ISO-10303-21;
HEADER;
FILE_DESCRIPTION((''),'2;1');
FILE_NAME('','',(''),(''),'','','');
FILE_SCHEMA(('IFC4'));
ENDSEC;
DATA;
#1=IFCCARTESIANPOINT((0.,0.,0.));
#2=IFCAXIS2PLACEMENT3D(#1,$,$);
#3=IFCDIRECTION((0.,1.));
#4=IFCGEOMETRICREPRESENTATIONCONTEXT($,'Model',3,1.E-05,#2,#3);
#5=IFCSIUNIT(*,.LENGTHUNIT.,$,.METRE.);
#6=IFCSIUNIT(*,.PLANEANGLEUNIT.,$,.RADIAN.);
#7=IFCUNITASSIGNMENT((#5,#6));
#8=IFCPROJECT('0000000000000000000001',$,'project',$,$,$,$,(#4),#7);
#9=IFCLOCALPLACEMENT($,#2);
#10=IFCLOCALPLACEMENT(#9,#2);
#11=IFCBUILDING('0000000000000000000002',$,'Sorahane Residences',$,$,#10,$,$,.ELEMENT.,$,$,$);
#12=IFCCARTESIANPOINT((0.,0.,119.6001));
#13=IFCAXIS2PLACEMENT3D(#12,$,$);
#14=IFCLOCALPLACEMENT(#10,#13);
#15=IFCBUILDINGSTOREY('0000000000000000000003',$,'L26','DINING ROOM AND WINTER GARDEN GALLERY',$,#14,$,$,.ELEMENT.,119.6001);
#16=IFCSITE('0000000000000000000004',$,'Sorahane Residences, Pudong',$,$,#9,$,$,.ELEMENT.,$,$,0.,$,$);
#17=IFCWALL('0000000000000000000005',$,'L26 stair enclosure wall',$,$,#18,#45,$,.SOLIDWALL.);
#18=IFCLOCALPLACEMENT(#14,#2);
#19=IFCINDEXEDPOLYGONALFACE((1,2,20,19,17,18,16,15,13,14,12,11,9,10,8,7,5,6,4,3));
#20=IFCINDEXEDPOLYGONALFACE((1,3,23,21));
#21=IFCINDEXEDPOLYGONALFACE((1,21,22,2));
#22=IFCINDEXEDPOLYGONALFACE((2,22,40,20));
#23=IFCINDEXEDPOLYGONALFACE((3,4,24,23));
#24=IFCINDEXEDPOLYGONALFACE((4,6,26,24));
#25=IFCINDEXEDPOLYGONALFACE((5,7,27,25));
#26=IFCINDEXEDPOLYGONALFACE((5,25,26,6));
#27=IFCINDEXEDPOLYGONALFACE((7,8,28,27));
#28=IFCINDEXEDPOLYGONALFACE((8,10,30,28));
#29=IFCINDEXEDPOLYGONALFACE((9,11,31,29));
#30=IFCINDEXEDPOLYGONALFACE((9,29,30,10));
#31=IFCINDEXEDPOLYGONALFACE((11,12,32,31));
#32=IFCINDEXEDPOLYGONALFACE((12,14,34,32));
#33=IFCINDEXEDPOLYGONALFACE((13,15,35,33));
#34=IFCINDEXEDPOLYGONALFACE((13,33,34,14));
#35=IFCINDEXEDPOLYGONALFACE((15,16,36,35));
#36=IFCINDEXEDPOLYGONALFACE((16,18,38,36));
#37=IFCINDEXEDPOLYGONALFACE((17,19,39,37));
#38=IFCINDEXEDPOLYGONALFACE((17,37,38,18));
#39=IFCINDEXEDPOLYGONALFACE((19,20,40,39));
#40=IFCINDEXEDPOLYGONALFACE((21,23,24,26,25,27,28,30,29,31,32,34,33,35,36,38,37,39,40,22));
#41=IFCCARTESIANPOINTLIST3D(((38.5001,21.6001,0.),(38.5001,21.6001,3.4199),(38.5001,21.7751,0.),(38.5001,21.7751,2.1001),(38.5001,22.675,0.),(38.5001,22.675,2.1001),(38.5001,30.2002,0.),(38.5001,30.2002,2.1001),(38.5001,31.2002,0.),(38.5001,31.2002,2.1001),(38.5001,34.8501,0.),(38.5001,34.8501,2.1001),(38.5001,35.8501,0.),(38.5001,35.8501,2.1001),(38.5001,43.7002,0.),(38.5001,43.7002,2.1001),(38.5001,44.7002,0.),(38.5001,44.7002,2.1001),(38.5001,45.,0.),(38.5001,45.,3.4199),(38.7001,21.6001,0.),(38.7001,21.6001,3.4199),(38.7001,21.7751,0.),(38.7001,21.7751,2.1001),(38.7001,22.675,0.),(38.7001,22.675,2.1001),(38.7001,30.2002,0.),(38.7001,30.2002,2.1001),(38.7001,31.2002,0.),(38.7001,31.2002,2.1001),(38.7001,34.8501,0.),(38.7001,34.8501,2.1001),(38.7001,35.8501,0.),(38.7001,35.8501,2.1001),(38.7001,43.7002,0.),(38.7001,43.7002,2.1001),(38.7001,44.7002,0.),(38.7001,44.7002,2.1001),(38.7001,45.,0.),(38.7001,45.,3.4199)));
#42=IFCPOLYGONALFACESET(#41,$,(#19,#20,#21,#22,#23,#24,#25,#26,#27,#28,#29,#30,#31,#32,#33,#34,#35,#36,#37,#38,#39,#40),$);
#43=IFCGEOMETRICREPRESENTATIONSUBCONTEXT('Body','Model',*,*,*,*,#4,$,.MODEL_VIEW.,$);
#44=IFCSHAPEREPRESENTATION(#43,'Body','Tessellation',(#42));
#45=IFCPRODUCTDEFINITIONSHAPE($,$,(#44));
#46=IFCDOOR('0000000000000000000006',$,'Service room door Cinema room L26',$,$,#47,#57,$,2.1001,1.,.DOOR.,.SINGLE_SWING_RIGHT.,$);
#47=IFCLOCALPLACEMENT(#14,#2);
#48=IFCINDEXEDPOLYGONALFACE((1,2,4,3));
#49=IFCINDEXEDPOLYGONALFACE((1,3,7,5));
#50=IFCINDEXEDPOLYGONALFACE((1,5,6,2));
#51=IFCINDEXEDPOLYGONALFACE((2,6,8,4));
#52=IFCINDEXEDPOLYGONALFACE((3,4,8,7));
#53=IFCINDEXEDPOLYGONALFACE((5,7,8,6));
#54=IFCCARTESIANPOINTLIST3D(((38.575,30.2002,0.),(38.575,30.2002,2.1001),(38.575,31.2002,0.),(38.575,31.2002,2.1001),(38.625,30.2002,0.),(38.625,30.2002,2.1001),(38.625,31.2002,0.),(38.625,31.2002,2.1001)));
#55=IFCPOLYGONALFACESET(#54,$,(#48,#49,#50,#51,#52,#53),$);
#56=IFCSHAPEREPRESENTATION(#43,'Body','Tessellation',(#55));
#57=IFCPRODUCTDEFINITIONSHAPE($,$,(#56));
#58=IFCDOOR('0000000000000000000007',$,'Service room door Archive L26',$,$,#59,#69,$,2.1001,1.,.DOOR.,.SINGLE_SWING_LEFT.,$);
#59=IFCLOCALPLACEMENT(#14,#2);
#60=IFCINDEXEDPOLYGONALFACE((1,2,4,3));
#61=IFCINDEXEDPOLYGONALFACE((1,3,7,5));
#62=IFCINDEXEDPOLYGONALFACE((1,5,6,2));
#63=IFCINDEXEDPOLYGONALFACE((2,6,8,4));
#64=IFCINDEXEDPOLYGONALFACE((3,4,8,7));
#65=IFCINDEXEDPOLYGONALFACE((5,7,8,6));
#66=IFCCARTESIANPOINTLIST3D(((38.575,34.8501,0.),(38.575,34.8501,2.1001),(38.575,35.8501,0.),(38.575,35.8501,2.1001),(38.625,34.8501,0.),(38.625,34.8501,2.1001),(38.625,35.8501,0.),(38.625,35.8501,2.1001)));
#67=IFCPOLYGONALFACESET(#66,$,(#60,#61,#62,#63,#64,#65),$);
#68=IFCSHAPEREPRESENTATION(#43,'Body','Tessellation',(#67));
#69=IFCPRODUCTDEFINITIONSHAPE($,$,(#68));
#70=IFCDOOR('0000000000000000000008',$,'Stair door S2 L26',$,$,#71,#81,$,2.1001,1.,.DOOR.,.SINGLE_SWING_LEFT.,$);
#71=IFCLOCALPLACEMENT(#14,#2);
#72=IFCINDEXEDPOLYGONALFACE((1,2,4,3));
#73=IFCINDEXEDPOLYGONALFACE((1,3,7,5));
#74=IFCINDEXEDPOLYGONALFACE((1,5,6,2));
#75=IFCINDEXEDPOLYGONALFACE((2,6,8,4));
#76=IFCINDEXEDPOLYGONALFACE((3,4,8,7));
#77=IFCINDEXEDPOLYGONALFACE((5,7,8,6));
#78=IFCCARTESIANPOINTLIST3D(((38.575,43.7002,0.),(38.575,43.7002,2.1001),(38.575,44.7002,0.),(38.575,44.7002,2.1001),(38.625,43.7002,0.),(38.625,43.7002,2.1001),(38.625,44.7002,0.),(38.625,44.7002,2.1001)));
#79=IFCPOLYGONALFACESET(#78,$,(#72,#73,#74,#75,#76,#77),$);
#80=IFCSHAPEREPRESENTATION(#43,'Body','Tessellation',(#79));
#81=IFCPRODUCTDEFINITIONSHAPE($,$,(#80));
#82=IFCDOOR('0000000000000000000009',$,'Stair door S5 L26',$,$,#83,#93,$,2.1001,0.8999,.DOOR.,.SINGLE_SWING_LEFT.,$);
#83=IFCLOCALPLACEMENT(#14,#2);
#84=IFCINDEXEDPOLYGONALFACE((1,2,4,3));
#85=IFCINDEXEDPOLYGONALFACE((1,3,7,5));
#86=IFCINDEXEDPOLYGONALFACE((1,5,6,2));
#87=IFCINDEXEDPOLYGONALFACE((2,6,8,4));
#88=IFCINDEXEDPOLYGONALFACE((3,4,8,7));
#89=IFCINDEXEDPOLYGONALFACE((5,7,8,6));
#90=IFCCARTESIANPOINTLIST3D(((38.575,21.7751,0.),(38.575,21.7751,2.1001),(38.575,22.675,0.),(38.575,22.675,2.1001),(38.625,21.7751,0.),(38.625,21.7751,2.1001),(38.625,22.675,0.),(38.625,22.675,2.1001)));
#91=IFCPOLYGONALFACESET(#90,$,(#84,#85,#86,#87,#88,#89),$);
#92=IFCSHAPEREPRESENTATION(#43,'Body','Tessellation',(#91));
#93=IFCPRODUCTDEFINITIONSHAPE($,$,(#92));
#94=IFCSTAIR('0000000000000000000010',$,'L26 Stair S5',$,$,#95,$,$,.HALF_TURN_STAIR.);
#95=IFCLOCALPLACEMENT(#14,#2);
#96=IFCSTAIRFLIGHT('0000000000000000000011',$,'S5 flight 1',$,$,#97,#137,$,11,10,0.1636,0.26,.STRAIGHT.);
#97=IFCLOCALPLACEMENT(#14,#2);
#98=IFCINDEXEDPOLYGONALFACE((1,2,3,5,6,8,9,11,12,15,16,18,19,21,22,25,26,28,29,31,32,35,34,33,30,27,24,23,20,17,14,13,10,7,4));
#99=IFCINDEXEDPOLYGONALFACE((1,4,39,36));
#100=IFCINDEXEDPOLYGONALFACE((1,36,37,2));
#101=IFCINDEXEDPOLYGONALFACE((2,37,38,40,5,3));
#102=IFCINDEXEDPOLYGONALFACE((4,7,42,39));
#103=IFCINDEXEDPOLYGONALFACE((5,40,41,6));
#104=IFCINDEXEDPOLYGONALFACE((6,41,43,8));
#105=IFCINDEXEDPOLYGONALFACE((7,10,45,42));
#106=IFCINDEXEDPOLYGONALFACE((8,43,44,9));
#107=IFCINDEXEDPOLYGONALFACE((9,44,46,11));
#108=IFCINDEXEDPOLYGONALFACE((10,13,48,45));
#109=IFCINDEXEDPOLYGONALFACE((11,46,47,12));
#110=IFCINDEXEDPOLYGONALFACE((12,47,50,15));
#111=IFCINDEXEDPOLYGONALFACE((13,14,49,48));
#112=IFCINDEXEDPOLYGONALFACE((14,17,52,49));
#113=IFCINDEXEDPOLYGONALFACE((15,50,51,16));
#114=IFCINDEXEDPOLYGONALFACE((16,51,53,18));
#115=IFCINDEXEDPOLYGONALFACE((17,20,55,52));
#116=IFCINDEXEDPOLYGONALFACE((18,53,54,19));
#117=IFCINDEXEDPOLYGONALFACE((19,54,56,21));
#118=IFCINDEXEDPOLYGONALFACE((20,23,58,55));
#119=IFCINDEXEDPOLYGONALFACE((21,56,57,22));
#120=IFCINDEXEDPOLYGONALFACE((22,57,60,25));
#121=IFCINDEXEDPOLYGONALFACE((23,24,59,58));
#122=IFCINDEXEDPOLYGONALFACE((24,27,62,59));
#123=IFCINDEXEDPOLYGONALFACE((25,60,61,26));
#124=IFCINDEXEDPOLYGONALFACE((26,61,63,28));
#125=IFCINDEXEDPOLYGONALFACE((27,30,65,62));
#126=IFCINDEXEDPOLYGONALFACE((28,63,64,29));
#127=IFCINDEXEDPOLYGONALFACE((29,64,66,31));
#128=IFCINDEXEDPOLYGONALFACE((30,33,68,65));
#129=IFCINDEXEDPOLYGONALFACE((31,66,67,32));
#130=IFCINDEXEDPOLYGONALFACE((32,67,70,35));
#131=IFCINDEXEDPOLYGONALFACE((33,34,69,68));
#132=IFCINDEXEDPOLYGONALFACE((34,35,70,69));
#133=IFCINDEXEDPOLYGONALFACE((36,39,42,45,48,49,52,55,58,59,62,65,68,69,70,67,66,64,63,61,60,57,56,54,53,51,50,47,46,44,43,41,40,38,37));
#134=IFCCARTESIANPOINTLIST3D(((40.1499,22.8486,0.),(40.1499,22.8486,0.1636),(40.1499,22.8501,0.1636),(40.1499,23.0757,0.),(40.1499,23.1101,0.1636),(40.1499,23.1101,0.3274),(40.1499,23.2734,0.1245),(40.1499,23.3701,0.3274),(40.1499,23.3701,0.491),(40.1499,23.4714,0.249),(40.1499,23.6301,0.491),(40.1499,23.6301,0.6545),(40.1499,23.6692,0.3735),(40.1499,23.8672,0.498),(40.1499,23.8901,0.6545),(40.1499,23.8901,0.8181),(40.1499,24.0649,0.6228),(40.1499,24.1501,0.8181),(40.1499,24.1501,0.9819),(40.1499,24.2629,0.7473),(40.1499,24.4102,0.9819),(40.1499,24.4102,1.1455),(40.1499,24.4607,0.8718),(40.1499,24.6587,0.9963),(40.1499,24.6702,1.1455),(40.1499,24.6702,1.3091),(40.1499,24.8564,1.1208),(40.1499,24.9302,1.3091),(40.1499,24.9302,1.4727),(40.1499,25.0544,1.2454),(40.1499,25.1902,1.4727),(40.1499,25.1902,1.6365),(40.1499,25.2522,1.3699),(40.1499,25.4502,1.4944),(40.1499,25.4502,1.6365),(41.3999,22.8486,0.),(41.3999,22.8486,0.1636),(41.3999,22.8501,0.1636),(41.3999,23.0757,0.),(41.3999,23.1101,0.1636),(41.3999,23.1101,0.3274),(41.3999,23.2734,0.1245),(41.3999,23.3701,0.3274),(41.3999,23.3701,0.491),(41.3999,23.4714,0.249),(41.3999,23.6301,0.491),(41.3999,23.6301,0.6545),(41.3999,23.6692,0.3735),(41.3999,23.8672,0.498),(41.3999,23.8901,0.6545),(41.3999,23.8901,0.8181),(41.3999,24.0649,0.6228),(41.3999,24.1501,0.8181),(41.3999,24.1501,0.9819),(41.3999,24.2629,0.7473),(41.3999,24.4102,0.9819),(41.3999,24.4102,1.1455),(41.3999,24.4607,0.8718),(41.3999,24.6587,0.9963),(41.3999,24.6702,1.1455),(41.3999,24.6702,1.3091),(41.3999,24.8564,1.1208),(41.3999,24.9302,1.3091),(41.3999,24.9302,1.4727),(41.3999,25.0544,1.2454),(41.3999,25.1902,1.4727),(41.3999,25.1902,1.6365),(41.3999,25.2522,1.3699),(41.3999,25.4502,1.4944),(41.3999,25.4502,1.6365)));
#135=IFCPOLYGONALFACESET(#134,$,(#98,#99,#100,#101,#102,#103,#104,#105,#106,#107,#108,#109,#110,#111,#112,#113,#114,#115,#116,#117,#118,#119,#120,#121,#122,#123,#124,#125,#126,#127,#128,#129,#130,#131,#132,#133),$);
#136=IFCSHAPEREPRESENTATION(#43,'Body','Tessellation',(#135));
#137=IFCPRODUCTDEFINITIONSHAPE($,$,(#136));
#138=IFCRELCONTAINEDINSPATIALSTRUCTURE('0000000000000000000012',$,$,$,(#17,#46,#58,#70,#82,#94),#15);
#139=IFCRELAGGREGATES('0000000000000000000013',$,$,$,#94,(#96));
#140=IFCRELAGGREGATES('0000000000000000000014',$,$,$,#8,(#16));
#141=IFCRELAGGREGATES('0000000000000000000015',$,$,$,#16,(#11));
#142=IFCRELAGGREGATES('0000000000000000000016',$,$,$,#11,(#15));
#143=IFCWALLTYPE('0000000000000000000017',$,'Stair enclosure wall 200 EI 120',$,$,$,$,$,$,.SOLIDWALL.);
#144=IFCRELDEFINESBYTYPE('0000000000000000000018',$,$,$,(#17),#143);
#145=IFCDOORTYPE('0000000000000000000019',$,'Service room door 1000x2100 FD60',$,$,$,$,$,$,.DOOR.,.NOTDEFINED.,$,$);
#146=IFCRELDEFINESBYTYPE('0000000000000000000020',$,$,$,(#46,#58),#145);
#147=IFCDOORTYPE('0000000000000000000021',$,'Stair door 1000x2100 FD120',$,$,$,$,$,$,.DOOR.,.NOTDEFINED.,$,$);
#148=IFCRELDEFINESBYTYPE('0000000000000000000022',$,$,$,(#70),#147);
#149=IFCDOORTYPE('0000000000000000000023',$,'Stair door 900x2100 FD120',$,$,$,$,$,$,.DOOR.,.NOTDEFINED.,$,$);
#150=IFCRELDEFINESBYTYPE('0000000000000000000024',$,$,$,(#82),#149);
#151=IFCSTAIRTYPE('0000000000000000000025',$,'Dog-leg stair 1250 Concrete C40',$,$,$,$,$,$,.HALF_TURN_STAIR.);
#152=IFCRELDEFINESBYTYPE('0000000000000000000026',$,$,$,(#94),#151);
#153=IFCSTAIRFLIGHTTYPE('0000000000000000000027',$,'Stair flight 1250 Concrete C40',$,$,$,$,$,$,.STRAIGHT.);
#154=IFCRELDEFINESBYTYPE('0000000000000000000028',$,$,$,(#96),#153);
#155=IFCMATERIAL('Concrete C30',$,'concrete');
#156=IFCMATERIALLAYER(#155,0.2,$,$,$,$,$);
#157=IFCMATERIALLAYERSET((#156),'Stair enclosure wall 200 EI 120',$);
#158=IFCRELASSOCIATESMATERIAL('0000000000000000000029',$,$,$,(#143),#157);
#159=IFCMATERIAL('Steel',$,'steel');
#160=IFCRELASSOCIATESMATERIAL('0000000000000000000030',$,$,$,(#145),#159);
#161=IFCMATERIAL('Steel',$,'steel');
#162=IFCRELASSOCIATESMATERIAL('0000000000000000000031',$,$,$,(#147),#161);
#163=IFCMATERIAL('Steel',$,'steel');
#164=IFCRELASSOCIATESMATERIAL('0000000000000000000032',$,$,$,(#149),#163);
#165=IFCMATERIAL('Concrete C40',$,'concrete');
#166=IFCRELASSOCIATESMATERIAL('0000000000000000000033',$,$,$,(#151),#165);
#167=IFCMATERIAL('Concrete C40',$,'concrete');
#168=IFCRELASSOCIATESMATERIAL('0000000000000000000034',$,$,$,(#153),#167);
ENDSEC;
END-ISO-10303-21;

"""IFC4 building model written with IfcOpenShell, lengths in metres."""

from ifc_helpers import new_model, si_unit, direction, frame, frame_2d, origin, place, context, subcontext, project, spatial, polyline, rectangle, outline, extrude, material, layer, layer_set, type_object, element, fill, aggregate, save


model = new_model("IFC4")

# Units and contexts
model_context = context("Model", 3, precision=1e-05, world=origin(), true_north=direction((0.0, 1.0)))
body_context = subcontext(model_context, "Body", "Model", "MODEL_VIEW")
ifc_project = project(units=[si_unit("LENGTHUNIT", "METRE"), si_unit("PLANEANGLEUNIT", "RADIAN")], contexts=[model_context])

# Site, building, storey
site_placement = place(None, origin())
site = spatial("IfcSite", under=ifc_project, at=site_placement, Name="Sorahane Residences, Pudong", CompositionType="ELEMENT", RefElevation=0.0)
building_placement = place(site_placement, origin())
building = spatial("IfcBuilding", under=site, at=building_placement, Name="Sorahane Residences", CompositionType="ELEMENT")
storey_placement = place(building_placement, frame((0.0, 0.0, 119.6001)))
storey = spatial("IfcBuildingStorey", under=building, at=storey_placement, Name="L26", Description="DINING ROOM AND WINTER GARDEN GALLERY", CompositionType="ELEMENT", Elevation=119.6001)

# Wall, openings, doors
ifc_material_1 = material(Name="Concrete C30", Category="concrete")
ifc_layer_1 = layer(ifc_material_1, 0.2)
ifc_layer_set_1 = layer_set([ifc_layer_1], Name="Stair enclosure wall 200 EI 120")
wall_type_1 = type_object("IfcWallType", Name="Stair enclosure wall 200 EI 120", PredefinedType="SOLIDWALL", material=ifc_layer_set_1)
wall_1_placement = place(storey_placement, frame((38.6001, 21.6001, 0.0), z_axis=(0.0, 0.0, 1.0), x_axis=(0.0, 1.0, 0.0)))
wall_1 = element("IfcWall", 1, at=wall_1_placement, inside=storey, type_object=wall_type_1, Name="L26 stair enclosure wall", PredefinedType="SOLIDWALL", context=body_context, shape_type="SweptSolid", body=[
    extrude(rectangle(XDim=23.3999, YDim=0.2, at=frame_2d((11.7, 0.0))), origin(), (0.0, 0.0, 1.0), 3.4199),
])
opening_1_placement = place(wall_1_placement, frame((8.6001, 0.0, 0.0)))
opening_1 = element("IfcOpeningElement", 2, at=opening_1_placement, cuts=wall_1, PredefinedType="OPENING", context=body_context, shape_type="SweptSolid", body=[
    extrude(rectangle(XDim=1.0, YDim=2.1001, at=frame_2d((0.5, 1.05))), frame((0.0, 0.1099, 0.0), z_axis=(0.0, -1.0, 0.0), x_axis=(1.0, 0.0, 0.0)), (0.0, 0.0, 1.0), 0.22),
])
opening_2_placement = place(wall_1_placement, frame((13.25, 0.0, 0.0)))
opening_2 = element("IfcOpeningElement", 3, at=opening_2_placement, cuts=wall_1, PredefinedType="OPENING", context=body_context, shape_type="SweptSolid", body=[
    extrude(rectangle(XDim=1.0, YDim=2.1001, at=frame_2d((0.5, 1.05))), frame((0.0, 0.1099, 0.0), z_axis=(0.0, -1.0, 0.0), x_axis=(1.0, 0.0, 0.0)), (0.0, 0.0, 1.0), 0.22),
])
opening_3_placement = place(wall_1_placement, frame((22.1001, 0.0, 0.0)))
opening_3 = element("IfcOpeningElement", 4, at=opening_3_placement, cuts=wall_1, PredefinedType="OPENING", context=body_context, shape_type="SweptSolid", body=[
    extrude(rectangle(XDim=1.0, YDim=2.1001, at=frame_2d((0.5, 1.05))), frame((0.0, 0.1099, 0.0), z_axis=(0.0, -1.0, 0.0), x_axis=(1.0, 0.0, 0.0)), (0.0, 0.0, 1.0), 0.22),
])
opening_4_placement = place(wall_1_placement, frame((0.175, 0.0, 0.0)))
opening_4 = element("IfcOpeningElement", 5, at=opening_4_placement, cuts=wall_1, PredefinedType="OPENING", context=body_context, shape_type="SweptSolid", body=[
    extrude(rectangle(XDim=0.8999, YDim=2.1001, at=frame_2d((0.45, 1.05))), frame((0.0, 0.1099, 0.0), z_axis=(0.0, -1.0, 0.0), x_axis=(1.0, 0.0, 0.0)), (0.0, 0.0, 1.0), 0.22),
])
ifc_material_2 = material(Name="Steel", Category="steel")
door_type_1 = type_object("IfcDoorType", Name="Service room door 1000x2100 FD60", OperationType="NOTDEFINED", PredefinedType="DOOR", material=ifc_material_2)
door_1_placement = place(opening_1_placement, frame((1.0, 0.0, 0.0), z_axis=(0.0, 0.0, 1.0), x_axis=(-1.0, 0.0, 0.0)))
door_1 = element("IfcDoor", 6, at=door_1_placement, inside=storey, type_object=door_type_1, Name="Service room door Cinema room L26", OperationType="SINGLE_SWING_RIGHT", OverallHeight=2.1001, OverallWidth=1.0, PredefinedType="DOOR", context=body_context, shape_type="SweptSolid", body=[
    extrude(rectangle(XDim=1.0, YDim=2.1001, at=frame_2d((0.5, 1.05))), frame((0.0, 0.0249, 0.0), z_axis=(0.0, -1.0, 0.0), x_axis=(1.0, 0.0, 0.0)), (0.0, 0.0, 1.0), 0.05),
])
fill(opening_1, door_1)
door_2_placement = place(opening_2_placement, frame((1.0, 0.0, 0.0), z_axis=(0.0, 0.0, 1.0), x_axis=(-1.0, 0.0, 0.0)))
door_2 = element("IfcDoor", 7, at=door_2_placement, inside=storey, type_object=door_type_1, Name="Service room door Archive L26", OperationType="SINGLE_SWING_LEFT", OverallHeight=2.1001, OverallWidth=1.0, PredefinedType="DOOR", context=body_context, shape_type="SweptSolid", body=[
    extrude(rectangle(XDim=1.0, YDim=2.1001, at=frame_2d((0.5, 1.05))), frame((0.0, 0.0249, 0.0), z_axis=(0.0, -1.0, 0.0), x_axis=(1.0, 0.0, 0.0)), (0.0, 0.0, 1.0), 0.05),
])
fill(opening_2, door_2)
ifc_material_3 = material(Name="Steel", Category="steel")
door_type_2 = type_object("IfcDoorType", Name="Stair door 1000x2100 FD120", OperationType="NOTDEFINED", PredefinedType="DOOR", material=ifc_material_3)
door_3_placement = place(opening_3_placement, frame((1.0, 0.0, 0.0), z_axis=(0.0, 0.0, 1.0), x_axis=(-1.0, 0.0, 0.0)))
door_3 = element("IfcDoor", 8, at=door_3_placement, inside=storey, type_object=door_type_2, Name="Stair door S2 L26", OperationType="SINGLE_SWING_LEFT", OverallHeight=2.1001, OverallWidth=1.0, PredefinedType="DOOR", context=body_context, shape_type="SweptSolid", body=[
    extrude(rectangle(XDim=1.0, YDim=2.1001, at=frame_2d((0.5, 1.05))), frame((0.0, 0.0249, 0.0), z_axis=(0.0, -1.0, 0.0), x_axis=(1.0, 0.0, 0.0)), (0.0, 0.0, 1.0), 0.05),
])
fill(opening_3, door_3)
ifc_material_4 = material(Name="Steel", Category="steel")
door_type_3 = type_object("IfcDoorType", Name="Stair door 900x2100 FD120", OperationType="NOTDEFINED", PredefinedType="DOOR", material=ifc_material_4)
door_4_placement = place(opening_4_placement, frame((0.8999, 0.0, 0.0), z_axis=(0.0, 0.0, 1.0), x_axis=(-1.0, 0.0, 0.0)))
door_4 = element("IfcDoor", 9, at=door_4_placement, inside=storey, type_object=door_type_3, Name="Stair door S5 L26", OperationType="SINGLE_SWING_LEFT", OverallHeight=2.1001, OverallWidth=0.8999, PredefinedType="DOOR", context=body_context, shape_type="SweptSolid", body=[
    extrude(rectangle(XDim=0.8999, YDim=2.1001, at=frame_2d((0.45, 1.05))), frame((0.0, 0.0249, 0.0), z_axis=(0.0, -1.0, 0.0), x_axis=(1.0, 0.0, 0.0)), (0.0, 0.0, 1.0), 0.05),
])
fill(opening_4, door_4)

# Stair, stair flight
ifc_material_5 = material(Name="Concrete C40", Category="concrete")
stair_type = type_object("IfcStairType", Name="Dog-leg stair 1250 Concrete C40", PredefinedType="HALF_TURN_STAIR", material=ifc_material_5)
stair_placement = place(storey_placement, origin())
stair = element("IfcStair", 10, at=stair_placement, inside=storey, type_object=stair_type, Name="L26 Stair S5", PredefinedType="HALF_TURN_STAIR")
ifc_material_6 = material(Name="Concrete C40", Category="concrete")
stair_flight_type = type_object("IfcStairFlightType", Name="Stair flight 1250 Concrete C40", PredefinedType="STRAIGHT", material=ifc_material_6)
stair_flight_1_placement = place(storey_placement, frame((40.7749, 22.8501, 0.0), z_axis=(0.0, 0.0, 1.0), x_axis=(0.0, 1.0, 0.0)))
stair_flight_1 = element("IfcStairFlight", 11, at=stair_flight_1_placement, type_object=stair_flight_type, Name="S5 flight 1", NumberOfRisers=11, NumberOfTreads=10, PredefinedType="STRAIGHT", RiserHeight=0.1636, TreadLength=0.26, context=body_context, shape_type="SweptSolid", body=[
    extrude(outline(polyline([(-0.0015, 0.0), (-0.0015, 0.1636), (0.0, 0.1636), (0.26, 0.1636), (0.26, 0.3274), (0.52, 0.3274), (0.52, 0.491), (0.78, 0.491), (0.78, 0.6545), (1.04, 0.6545), (1.04, 0.8181), (1.3, 0.8181), (1.3, 0.9819), (1.5601, 0.9819), (1.5601, 1.1455), (1.8201, 1.1455), (1.8201, 1.3091), (2.0801, 1.3091), (2.0801, 1.4727), (2.3401, 1.4727), (2.3401, 1.6365), (2.6001, 1.6365), (2.6001, 1.8), (2.6001, 1.4944), (2.4021, 1.3699), (2.2043, 1.2454), (2.0063, 1.1208), (1.8086, 0.9963), (1.6106, 0.8718), (1.4128, 0.7473), (1.2148, 0.6228), (1.0171, 0.498), (0.8191, 0.3735), (0.6213, 0.249), (0.4233, 0.1245), (0.2256, 0.0), (-0.0015, 0.0)])), frame((0.0, 0.625, 0.0), z_axis=(0.0, -1.0, 0.0), x_axis=(1.0, 0.0, 0.0)), (0.0, 0.0, 1.0), 1.25),
])
aggregate(stair, [stair_flight_1])

save(model, "model.ifc")
